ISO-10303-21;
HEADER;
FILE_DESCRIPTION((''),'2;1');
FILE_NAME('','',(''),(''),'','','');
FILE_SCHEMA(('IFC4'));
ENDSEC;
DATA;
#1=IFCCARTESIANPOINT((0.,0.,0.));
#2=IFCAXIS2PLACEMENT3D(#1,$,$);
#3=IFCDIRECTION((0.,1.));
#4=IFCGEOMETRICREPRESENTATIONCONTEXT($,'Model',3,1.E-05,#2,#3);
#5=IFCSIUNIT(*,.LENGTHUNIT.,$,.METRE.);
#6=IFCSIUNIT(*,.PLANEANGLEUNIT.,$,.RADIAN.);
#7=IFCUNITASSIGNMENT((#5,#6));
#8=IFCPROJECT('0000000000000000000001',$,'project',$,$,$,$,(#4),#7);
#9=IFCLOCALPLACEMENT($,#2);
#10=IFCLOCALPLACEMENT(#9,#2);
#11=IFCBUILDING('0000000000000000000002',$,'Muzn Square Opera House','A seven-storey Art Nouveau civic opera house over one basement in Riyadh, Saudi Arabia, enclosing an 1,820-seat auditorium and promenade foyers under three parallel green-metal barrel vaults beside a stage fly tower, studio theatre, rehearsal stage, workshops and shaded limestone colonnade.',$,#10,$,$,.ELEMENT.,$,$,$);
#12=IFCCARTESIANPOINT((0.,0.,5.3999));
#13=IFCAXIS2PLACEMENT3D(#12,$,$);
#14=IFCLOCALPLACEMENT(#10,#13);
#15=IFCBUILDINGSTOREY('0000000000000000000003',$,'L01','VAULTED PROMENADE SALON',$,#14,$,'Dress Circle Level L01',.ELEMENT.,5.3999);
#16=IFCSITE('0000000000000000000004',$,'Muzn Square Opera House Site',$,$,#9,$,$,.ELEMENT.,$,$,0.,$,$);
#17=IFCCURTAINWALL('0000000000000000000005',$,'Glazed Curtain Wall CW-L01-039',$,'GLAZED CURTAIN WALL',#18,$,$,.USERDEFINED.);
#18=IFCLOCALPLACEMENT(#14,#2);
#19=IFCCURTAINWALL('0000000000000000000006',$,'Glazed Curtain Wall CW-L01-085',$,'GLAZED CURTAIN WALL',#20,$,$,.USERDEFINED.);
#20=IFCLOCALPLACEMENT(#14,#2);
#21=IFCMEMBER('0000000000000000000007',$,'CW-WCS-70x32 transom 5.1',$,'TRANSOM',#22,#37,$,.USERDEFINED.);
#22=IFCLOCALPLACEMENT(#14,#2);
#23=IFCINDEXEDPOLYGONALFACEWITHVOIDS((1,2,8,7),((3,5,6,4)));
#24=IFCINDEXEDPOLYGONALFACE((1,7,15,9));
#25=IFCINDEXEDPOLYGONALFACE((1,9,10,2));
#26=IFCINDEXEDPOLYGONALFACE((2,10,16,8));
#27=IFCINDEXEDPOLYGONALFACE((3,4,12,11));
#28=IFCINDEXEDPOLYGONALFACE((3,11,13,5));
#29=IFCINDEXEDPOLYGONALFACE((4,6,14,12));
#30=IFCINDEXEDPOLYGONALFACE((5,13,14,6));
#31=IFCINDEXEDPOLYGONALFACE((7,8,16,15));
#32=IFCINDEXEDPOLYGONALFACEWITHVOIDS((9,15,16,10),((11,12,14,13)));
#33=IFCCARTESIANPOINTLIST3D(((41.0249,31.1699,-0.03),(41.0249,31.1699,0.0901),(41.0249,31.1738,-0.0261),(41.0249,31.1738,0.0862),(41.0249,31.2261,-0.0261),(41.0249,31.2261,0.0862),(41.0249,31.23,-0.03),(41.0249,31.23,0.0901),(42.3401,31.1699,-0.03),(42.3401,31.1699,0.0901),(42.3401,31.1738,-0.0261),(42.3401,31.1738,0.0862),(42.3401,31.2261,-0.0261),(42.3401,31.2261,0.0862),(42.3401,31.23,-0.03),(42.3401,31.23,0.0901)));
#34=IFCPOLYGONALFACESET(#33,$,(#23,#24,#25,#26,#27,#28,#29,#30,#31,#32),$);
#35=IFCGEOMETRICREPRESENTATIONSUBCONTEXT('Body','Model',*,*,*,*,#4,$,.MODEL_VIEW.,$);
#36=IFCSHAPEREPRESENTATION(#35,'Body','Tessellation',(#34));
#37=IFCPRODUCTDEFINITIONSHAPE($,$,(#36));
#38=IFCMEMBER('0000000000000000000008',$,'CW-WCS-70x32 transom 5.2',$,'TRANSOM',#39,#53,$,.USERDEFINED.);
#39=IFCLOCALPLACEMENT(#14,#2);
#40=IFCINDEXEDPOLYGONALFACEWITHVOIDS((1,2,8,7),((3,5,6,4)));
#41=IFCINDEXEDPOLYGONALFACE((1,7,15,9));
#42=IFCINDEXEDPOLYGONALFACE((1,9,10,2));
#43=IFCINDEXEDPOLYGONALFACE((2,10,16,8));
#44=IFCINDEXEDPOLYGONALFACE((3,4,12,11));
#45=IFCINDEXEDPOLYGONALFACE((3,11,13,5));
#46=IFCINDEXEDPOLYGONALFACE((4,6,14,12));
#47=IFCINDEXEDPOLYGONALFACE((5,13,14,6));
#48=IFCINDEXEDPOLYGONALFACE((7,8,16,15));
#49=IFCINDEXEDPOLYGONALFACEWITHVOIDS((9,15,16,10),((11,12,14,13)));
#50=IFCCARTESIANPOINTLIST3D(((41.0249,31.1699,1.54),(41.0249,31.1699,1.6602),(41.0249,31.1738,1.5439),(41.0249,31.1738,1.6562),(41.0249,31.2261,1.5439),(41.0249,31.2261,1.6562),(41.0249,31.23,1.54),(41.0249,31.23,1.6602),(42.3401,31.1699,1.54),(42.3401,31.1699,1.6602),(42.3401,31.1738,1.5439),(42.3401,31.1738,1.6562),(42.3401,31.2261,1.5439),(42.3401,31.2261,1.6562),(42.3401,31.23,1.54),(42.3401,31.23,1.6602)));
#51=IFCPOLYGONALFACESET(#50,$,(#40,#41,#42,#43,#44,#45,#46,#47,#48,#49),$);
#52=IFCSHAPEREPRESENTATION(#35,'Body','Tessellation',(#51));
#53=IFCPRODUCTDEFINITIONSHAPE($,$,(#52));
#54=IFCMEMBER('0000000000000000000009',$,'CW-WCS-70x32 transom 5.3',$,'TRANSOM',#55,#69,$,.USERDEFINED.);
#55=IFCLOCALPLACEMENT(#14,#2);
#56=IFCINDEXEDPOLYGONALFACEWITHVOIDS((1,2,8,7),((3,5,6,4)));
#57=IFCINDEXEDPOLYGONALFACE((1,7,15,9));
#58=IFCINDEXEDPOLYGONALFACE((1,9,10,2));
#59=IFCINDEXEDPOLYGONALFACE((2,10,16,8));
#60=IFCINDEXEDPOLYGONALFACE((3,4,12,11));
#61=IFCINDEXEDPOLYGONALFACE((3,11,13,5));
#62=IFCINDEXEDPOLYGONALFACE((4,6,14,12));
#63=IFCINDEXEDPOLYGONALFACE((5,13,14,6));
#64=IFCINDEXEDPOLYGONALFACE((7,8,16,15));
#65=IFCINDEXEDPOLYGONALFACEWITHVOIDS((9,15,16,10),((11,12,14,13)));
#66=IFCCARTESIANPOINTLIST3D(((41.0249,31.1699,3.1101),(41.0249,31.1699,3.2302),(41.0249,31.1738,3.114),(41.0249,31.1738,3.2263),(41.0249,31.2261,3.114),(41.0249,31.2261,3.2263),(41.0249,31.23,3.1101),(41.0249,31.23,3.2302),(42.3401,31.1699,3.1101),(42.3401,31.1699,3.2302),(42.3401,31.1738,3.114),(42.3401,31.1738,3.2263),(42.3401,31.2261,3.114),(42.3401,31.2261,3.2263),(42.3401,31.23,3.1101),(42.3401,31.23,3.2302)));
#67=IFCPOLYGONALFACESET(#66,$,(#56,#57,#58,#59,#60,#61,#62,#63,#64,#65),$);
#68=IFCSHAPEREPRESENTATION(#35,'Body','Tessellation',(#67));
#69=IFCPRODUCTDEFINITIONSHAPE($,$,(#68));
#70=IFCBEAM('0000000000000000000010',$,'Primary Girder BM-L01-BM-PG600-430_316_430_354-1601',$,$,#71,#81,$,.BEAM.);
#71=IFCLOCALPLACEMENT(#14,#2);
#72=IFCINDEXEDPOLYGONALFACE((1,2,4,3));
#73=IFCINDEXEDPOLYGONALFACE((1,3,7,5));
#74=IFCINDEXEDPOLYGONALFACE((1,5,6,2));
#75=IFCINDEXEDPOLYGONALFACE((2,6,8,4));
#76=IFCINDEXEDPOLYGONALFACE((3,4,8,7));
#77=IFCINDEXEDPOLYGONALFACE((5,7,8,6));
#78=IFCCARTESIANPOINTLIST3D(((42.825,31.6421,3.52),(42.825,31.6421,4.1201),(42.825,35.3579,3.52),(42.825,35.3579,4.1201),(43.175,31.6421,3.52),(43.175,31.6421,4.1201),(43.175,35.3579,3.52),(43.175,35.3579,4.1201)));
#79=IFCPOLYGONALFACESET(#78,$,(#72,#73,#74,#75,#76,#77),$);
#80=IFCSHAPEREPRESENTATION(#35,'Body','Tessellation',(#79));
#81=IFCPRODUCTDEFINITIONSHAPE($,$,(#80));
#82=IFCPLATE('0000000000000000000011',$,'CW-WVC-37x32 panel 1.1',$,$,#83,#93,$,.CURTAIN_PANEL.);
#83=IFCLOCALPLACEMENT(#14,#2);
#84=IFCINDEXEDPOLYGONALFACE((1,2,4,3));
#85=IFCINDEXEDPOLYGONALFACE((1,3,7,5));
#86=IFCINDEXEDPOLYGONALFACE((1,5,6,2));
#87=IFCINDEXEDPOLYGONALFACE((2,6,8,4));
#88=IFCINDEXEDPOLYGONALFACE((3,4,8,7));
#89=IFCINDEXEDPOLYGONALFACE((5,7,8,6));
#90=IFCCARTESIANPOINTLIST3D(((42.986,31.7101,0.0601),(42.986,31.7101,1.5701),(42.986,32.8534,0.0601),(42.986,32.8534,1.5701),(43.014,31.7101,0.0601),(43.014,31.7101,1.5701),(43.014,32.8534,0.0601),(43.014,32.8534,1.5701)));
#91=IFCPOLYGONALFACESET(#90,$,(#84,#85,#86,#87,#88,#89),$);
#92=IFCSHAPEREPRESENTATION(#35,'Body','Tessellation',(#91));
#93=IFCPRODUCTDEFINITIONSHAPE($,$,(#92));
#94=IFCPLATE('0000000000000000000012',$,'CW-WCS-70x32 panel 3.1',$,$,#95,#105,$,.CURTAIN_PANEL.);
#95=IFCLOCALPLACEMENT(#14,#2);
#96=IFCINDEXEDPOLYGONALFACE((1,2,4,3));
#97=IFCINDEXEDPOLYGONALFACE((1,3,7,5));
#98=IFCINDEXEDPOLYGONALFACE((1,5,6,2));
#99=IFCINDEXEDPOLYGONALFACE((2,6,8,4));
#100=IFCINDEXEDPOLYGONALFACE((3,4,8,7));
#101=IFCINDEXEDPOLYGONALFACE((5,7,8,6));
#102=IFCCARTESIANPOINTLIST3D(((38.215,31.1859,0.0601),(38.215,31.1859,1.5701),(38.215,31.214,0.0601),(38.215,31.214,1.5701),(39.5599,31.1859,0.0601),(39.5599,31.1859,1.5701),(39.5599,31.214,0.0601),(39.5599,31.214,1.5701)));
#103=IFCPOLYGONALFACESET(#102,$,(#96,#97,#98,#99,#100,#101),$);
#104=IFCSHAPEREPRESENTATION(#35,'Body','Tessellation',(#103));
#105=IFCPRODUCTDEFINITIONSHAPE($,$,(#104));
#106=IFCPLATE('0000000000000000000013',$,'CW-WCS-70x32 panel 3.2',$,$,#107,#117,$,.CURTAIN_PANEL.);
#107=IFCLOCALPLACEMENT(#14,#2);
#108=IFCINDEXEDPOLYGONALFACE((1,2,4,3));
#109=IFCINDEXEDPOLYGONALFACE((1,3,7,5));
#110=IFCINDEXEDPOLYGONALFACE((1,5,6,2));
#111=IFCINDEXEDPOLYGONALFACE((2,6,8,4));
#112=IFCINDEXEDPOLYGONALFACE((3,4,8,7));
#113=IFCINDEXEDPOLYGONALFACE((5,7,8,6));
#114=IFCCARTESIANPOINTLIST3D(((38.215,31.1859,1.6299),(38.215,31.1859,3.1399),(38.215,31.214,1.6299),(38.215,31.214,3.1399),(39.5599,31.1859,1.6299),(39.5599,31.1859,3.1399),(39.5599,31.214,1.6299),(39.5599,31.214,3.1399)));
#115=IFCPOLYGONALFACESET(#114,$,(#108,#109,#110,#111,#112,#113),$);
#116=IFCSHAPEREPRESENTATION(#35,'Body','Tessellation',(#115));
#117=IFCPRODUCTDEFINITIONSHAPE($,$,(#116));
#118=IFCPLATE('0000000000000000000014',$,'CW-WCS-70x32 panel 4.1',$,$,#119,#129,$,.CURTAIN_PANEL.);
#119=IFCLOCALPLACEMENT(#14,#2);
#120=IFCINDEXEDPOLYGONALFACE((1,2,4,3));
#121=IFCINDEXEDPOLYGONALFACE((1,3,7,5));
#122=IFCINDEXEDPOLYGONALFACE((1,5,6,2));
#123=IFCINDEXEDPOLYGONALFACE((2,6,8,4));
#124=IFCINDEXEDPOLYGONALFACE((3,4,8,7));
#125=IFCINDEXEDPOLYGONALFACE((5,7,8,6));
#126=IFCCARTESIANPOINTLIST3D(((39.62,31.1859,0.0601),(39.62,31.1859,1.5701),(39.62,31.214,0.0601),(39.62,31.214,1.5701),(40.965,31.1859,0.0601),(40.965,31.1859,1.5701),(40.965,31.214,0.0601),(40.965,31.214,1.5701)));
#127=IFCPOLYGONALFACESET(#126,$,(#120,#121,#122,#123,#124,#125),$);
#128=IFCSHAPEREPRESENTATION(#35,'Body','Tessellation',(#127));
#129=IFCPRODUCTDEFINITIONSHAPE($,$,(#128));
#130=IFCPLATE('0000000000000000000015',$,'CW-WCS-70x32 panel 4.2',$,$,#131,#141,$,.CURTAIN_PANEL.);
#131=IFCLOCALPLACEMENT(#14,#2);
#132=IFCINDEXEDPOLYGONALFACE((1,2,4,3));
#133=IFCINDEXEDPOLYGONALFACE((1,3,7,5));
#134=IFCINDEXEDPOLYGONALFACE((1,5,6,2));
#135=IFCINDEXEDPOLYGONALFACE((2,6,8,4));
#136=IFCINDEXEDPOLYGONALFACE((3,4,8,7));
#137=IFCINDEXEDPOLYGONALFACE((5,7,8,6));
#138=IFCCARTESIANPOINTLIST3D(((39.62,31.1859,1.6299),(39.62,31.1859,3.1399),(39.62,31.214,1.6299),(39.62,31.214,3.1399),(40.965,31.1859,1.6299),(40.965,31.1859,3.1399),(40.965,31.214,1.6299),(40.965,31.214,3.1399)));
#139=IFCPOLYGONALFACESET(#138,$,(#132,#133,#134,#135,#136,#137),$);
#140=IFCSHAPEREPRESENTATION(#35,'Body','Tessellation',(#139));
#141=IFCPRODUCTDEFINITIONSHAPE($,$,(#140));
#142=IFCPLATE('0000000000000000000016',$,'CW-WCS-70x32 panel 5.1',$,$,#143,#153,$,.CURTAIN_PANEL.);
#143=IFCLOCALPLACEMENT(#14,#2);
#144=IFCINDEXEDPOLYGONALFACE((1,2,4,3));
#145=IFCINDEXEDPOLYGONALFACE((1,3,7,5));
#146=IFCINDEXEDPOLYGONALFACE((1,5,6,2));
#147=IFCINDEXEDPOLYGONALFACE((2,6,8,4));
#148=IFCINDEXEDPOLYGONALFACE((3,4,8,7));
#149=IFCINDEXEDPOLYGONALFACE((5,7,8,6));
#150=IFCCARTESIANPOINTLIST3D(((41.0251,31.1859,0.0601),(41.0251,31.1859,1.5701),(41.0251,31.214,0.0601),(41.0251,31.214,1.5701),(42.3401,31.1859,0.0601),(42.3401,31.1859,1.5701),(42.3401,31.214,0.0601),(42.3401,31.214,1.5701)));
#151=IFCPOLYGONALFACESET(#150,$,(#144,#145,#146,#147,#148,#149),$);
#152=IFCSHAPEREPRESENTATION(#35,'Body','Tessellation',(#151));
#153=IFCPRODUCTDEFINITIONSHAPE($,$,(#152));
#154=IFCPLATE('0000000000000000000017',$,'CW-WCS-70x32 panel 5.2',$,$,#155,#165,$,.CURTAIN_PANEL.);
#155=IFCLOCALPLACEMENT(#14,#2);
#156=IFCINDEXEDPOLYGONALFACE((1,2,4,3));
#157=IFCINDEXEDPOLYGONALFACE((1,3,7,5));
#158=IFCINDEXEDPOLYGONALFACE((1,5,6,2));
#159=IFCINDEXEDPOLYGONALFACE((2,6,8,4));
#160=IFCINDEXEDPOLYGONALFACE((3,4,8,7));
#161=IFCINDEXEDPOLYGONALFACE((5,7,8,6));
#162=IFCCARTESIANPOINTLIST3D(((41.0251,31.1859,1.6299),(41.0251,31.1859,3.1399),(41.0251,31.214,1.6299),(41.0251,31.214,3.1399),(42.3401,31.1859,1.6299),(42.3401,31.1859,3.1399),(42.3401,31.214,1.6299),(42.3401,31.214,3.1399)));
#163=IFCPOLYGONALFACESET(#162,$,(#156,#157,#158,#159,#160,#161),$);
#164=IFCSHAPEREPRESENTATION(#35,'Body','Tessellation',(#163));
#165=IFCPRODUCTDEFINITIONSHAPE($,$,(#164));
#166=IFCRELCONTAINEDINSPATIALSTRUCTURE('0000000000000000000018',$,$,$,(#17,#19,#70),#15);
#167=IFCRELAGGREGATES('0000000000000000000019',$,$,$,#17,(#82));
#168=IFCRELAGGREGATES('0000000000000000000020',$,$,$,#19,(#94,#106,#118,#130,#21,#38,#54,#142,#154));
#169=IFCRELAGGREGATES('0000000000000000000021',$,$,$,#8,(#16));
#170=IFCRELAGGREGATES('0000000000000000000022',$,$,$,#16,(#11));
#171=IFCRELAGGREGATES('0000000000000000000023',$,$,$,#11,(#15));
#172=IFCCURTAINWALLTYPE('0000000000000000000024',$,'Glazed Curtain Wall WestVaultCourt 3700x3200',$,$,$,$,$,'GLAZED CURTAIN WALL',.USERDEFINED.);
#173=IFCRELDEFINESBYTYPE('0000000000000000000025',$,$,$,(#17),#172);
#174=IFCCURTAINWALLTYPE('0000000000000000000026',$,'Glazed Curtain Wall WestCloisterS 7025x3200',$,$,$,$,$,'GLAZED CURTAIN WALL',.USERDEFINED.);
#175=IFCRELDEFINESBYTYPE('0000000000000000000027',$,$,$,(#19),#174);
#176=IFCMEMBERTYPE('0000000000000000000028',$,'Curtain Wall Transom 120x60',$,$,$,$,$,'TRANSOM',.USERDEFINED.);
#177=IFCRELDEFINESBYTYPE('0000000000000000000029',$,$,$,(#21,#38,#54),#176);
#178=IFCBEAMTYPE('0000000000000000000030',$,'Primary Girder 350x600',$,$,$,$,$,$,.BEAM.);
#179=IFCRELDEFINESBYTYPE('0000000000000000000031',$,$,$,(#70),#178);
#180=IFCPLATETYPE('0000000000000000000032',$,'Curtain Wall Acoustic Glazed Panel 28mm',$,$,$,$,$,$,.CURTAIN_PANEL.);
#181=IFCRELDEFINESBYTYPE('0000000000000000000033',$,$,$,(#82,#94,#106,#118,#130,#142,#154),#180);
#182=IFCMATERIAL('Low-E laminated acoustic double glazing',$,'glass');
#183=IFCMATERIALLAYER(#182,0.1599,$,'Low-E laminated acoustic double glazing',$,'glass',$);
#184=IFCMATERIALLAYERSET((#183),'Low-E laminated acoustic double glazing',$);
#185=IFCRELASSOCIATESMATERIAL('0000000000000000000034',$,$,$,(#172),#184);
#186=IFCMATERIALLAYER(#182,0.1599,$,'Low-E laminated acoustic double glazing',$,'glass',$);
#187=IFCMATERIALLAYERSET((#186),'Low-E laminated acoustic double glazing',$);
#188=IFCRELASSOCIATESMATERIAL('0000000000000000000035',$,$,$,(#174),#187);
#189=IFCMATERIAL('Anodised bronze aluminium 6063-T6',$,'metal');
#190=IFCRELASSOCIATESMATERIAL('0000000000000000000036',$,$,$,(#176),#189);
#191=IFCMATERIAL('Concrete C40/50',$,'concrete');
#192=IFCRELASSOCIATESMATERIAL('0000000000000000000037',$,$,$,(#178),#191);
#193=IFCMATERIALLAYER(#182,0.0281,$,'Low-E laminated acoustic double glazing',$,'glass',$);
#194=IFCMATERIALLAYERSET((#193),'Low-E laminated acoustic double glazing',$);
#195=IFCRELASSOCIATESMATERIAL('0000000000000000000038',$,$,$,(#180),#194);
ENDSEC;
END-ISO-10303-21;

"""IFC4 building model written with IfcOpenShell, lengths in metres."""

from ifc_helpers import new_model, si_unit, direction, frame, origin, origin_2d, place, context, subcontext, project, spatial, rectangle, hollow_rectangle, extrude, material, layer, layer_set, material_profile, profile_set, type_object, element, aggregate, save


model = new_model("IFC4")

# Units and contexts
model_context = context("Model", 3, precision=1e-05, world=origin(), true_north=direction((0.0, 1.0)))
body_context = subcontext(model_context, "Body", "Model", "MODEL_VIEW")
ifc_project = project(units=[si_unit("LENGTHUNIT", "METRE"), si_unit("PLANEANGLEUNIT", "RADIAN")], contexts=[model_context])

# Site, building, storey
site_placement = place(None, origin())
site = spatial("IfcSite", under=ifc_project, at=site_placement, Name="Muzn Square Opera House Site", CompositionType="ELEMENT", RefElevation=0.0)
building_placement = place(site_placement, origin())
building = spatial("IfcBuilding", under=site, at=building_placement, Name="Muzn Square Opera House", Description="A seven-storey Art Nouveau civic opera house over one basement in Riyadh, Saudi Arabia, enclosing an 1,820-seat auditorium and promenade foyers under three parallel green-metal barrel vaults beside a stage fly tower, studio theatre, rehearsal stage, workshops and shaded limestone colonnade.", CompositionType="ELEMENT")
storey_placement = place(building_placement, frame((0.0, 0.0, 5.3999)))
storey = spatial("IfcBuildingStorey", under=building, at=storey_placement, Name="L01", Description="VAULTED PROMENADE SALON", LongName="Dress Circle Level L01", CompositionType="ELEMENT", Elevation=5.3999)

# Curtain wall
ifc_material_1 = material(Name="Low-E laminated acoustic double glazing", Category="glass")
ifc_layer_1 = layer(ifc_material_1, 0.1599, Name="Low-E laminated acoustic double glazing", Category="glass")
ifc_layer_set_1 = layer_set([ifc_layer_1], Name="Low-E laminated acoustic double glazing")
curtain_wall_type_1 = type_object("IfcCurtainWallType", Name="Glazed Curtain Wall WestVaultCourt 3700x3200", ElementType="GLAZED CURTAIN WALL", PredefinedType="USERDEFINED", material=ifc_layer_set_1)
curtain_wall_1_placement = place(storey_placement, origin())
curtain_wall_1 = element("IfcCurtainWall", 1, at=curtain_wall_1_placement, inside=storey, type_object=curtain_wall_type_1, Name="Glazed Curtain Wall CW-L01-039", ObjectType="GLAZED CURTAIN WALL", PredefinedType="USERDEFINED")
ifc_material_2 = material(Name="Anodised bronze aluminium 6063-T6", Category="metal")

# Curtain wall
ifc_layer_2 = layer(ifc_material_1, 0.1599, Name="Low-E laminated acoustic double glazing", Category="glass")
ifc_layer_set_2 = layer_set([ifc_layer_2], Name="Low-E laminated acoustic double glazing")
curtain_wall_type_2 = type_object("IfcCurtainWallType", Name="Glazed Curtain Wall WestCloisterS 7025x3200", ElementType="GLAZED CURTAIN WALL", PredefinedType="USERDEFINED", material=ifc_layer_set_2)
curtain_wall_2_placement = place(storey_placement, origin())
curtain_wall_2 = element("IfcCurtainWall", 2, at=curtain_wall_2_placement, inside=storey, type_object=curtain_wall_type_2, Name="Glazed Curtain Wall CW-L01-085", ObjectType="GLAZED CURTAIN WALL", PredefinedType="USERDEFINED")

# Members
ifc_material_profile_1 = material_profile(ifc_material_2, hollow_rectangle(XDim=0.0601, YDim=0.1201, WallThickness=0.0039, at=origin_2d()), Name="ALU 120x60x4", Category="metal")
ifc_profile_set_1 = profile_set([ifc_material_profile_1], Name="Anodised bronze aluminium 6063-T6")
member_type_1 = type_object("IfcMemberType", Name="Curtain Wall Transom 120x60", ElementType="TRANSOM", PredefinedType="USERDEFINED", material=ifc_profile_set_1)
member_1_placement = place(storey_placement, frame((41.0249, 31.2, 0.03), z_axis=(1.0, 0.0, 0.0), x_axis=(0.0, 1.0, 0.0)))
member_1 = element("IfcMember", 3, at=member_1_placement, type_object=member_type_1, Name="CW-WCS-70x32 transom 5.1", ObjectType="TRANSOM", PredefinedType="USERDEFINED", context=body_context, shape_type="SweptSolid", body=[
    extrude(hollow_rectangle(XDim=0.0601, YDim=0.1201, WallThickness=0.0039, at=origin_2d()), origin(), (0.0, 0.0, 1.0), 1.3152),
])
member_2_placement = place(storey_placement, frame((41.0249, 31.2, 1.6001), z_axis=(1.0, 0.0, 0.0), x_axis=(0.0, 1.0, 0.0)))
member_2 = element("IfcMember", 4, at=member_2_placement, type_object=member_type_1, Name="CW-WCS-70x32 transom 5.2", ObjectType="TRANSOM", PredefinedType="USERDEFINED", context=body_context, shape_type="SweptSolid", body=[
    extrude(hollow_rectangle(XDim=0.0601, YDim=0.1201, WallThickness=0.0039, at=origin_2d()), origin(), (0.0, 0.0, 1.0), 1.3152),
])
member_3_placement = place(storey_placement, frame((41.0249, 31.2, 3.1702), z_axis=(1.0, 0.0, 0.0), x_axis=(0.0, 1.0, 0.0)))
member_3 = element("IfcMember", 5, at=member_3_placement, type_object=member_type_1, Name="CW-WCS-70x32 transom 5.3", ObjectType="TRANSOM", PredefinedType="USERDEFINED", context=body_context, shape_type="SweptSolid", body=[
    extrude(hollow_rectangle(XDim=0.0601, YDim=0.1201, WallThickness=0.0039, at=origin_2d()), origin(), (0.0, 0.0, 1.0), 1.3152),
])

# Beam
ifc_material_3 = material(Name="Concrete C40/50", Category="concrete")
ifc_material_profile_2 = material_profile(ifc_material_3, rectangle(XDim=0.3501, YDim=0.6001, at=origin_2d()), Name="RCB 350x600", Category="concrete")
ifc_profile_set_2 = profile_set([ifc_material_profile_2], Name="Concrete C40/50")
beam_type = type_object("IfcBeamType", Name="Primary Girder 350x600", PredefinedType="BEAM", material=ifc_profile_set_2)
beam_placement = place(storey_placement, frame((43.0, 31.6421, 3.8201), z_axis=(0.0, 1.0, 0.0), x_axis=(-1.0, 0.0, 0.0)))
element("IfcBeam", 6, at=beam_placement, inside=storey, type_object=beam_type, Name="Primary Girder BM-L01-BM-PG600-430_316_430_354-1601", PredefinedType="BEAM", context=body_context, shape_type="SweptSolid", body=[
    extrude(rectangle(XDim=0.3501, YDim=0.6001, at=origin_2d()), origin(), (0.0, 0.0, 1.0), 3.7158),
])

# Plates
ifc_layer_3 = layer(ifc_material_1, 0.0281, Name="Low-E laminated acoustic double glazing", Category="glass")
ifc_layer_set_3 = layer_set([ifc_layer_3], Name="Low-E laminated acoustic double glazing")
plate_type = type_object("IfcPlateType", Name="Curtain Wall Acoustic Glazed Panel 28mm", PredefinedType="CURTAIN_PANEL", material=ifc_layer_set_3)
plate_1_placement = place(storey_placement, frame((43.0, 32.2817, 0.0601), z_axis=(0.0, 0.0, 1.0), x_axis=(0.0, 1.0, 0.0)))
plate_1 = element("IfcPlate", 7, at=plate_1_placement, type_object=plate_type, Name="CW-WVC-37x32 panel 1.1", PredefinedType="CURTAIN_PANEL", context=body_context, shape_type="SweptSolid", body=[
    extrude(rectangle(XDim=1.1433, YDim=0.0281, at=origin_2d()), origin(), (0.0, 0.0, 1.0), 1.51),
])
aggregate(curtain_wall_1, [plate_1])
plate_2_placement = place(storey_placement, frame((38.8875, 31.2, 0.0601), z_axis=(0.0, 0.0, 1.0), x_axis=(1.0, 0.0, 0.0)))
plate_2 = element("IfcPlate", 8, at=plate_2_placement, type_object=plate_type, Name="CW-WCS-70x32 panel 3.1", PredefinedType="CURTAIN_PANEL", context=body_context, shape_type="SweptSolid", body=[
    extrude(rectangle(XDim=1.345, YDim=0.0281, at=origin_2d()), origin(), (0.0, 0.0, 1.0), 1.51),
])
plate_3_placement = place(storey_placement, frame((38.8875, 31.2, 1.6299), z_axis=(0.0, 0.0, 1.0), x_axis=(1.0, 0.0, 0.0)))
plate_3 = element("IfcPlate", 9, at=plate_3_placement, type_object=plate_type, Name="CW-WCS-70x32 panel 3.2", PredefinedType="CURTAIN_PANEL", context=body_context, shape_type="SweptSolid", body=[
    extrude(rectangle(XDim=1.345, YDim=0.0281, at=origin_2d()), origin(), (0.0, 0.0, 1.0), 1.51),
])
plate_4_placement = place(storey_placement, frame((40.2925, 31.2, 0.0601), z_axis=(0.0, 0.0, 1.0), x_axis=(1.0, 0.0, 0.0)))
plate_4 = element("IfcPlate", 10, at=plate_4_placement, type_object=plate_type, Name="CW-WCS-70x32 panel 4.1", PredefinedType="CURTAIN_PANEL", context=body_context, shape_type="SweptSolid", body=[
    extrude(rectangle(XDim=1.345, YDim=0.0281, at=origin_2d()), origin(), (0.0, 0.0, 1.0), 1.51),
])
plate_5_placement = place(storey_placement, frame((40.2925, 31.2, 1.6299), z_axis=(0.0, 0.0, 1.0), x_axis=(1.0, 0.0, 0.0)))
plate_5 = element("IfcPlate", 11, at=plate_5_placement, type_object=plate_type, Name="CW-WCS-70x32 panel 4.2", PredefinedType="CURTAIN_PANEL", context=body_context, shape_type="SweptSolid", body=[
    extrude(rectangle(XDim=1.345, YDim=0.0281, at=origin_2d()), origin(), (0.0, 0.0, 1.0), 1.51),
])
plate_6_placement = place(storey_placement, frame((41.6826, 31.2, 0.0601), z_axis=(0.0, 0.0, 1.0), x_axis=(1.0, 0.0, 0.0)))
plate_6 = element("IfcPlate", 12, at=plate_6_placement, type_object=plate_type, Name="CW-WCS-70x32 panel 5.1", PredefinedType="CURTAIN_PANEL", context=body_context, shape_type="SweptSolid", body=[
    extrude(rectangle(XDim=1.3149, YDim=0.0281, at=origin_2d()), origin(), (0.0, 0.0, 1.0), 1.51),
])
plate_7_placement = place(storey_placement, frame((41.6826, 31.2, 1.6299), z_axis=(0.0, 0.0, 1.0), x_axis=(1.0, 0.0, 0.0)))
plate_7 = element("IfcPlate", 13, at=plate_7_placement, type_object=plate_type, Name="CW-WCS-70x32 panel 5.2", PredefinedType="CURTAIN_PANEL", context=body_context, shape_type="SweptSolid", body=[
    extrude(rectangle(XDim=1.3149, YDim=0.0281, at=origin_2d()), origin(), (0.0, 0.0, 1.0), 1.51),
])
aggregate(curtain_wall_2, [plate_2, plate_3, plate_4, plate_5, member_1, member_2, member_3, plate_6, plate_7])

save(model, "model.ifc")
